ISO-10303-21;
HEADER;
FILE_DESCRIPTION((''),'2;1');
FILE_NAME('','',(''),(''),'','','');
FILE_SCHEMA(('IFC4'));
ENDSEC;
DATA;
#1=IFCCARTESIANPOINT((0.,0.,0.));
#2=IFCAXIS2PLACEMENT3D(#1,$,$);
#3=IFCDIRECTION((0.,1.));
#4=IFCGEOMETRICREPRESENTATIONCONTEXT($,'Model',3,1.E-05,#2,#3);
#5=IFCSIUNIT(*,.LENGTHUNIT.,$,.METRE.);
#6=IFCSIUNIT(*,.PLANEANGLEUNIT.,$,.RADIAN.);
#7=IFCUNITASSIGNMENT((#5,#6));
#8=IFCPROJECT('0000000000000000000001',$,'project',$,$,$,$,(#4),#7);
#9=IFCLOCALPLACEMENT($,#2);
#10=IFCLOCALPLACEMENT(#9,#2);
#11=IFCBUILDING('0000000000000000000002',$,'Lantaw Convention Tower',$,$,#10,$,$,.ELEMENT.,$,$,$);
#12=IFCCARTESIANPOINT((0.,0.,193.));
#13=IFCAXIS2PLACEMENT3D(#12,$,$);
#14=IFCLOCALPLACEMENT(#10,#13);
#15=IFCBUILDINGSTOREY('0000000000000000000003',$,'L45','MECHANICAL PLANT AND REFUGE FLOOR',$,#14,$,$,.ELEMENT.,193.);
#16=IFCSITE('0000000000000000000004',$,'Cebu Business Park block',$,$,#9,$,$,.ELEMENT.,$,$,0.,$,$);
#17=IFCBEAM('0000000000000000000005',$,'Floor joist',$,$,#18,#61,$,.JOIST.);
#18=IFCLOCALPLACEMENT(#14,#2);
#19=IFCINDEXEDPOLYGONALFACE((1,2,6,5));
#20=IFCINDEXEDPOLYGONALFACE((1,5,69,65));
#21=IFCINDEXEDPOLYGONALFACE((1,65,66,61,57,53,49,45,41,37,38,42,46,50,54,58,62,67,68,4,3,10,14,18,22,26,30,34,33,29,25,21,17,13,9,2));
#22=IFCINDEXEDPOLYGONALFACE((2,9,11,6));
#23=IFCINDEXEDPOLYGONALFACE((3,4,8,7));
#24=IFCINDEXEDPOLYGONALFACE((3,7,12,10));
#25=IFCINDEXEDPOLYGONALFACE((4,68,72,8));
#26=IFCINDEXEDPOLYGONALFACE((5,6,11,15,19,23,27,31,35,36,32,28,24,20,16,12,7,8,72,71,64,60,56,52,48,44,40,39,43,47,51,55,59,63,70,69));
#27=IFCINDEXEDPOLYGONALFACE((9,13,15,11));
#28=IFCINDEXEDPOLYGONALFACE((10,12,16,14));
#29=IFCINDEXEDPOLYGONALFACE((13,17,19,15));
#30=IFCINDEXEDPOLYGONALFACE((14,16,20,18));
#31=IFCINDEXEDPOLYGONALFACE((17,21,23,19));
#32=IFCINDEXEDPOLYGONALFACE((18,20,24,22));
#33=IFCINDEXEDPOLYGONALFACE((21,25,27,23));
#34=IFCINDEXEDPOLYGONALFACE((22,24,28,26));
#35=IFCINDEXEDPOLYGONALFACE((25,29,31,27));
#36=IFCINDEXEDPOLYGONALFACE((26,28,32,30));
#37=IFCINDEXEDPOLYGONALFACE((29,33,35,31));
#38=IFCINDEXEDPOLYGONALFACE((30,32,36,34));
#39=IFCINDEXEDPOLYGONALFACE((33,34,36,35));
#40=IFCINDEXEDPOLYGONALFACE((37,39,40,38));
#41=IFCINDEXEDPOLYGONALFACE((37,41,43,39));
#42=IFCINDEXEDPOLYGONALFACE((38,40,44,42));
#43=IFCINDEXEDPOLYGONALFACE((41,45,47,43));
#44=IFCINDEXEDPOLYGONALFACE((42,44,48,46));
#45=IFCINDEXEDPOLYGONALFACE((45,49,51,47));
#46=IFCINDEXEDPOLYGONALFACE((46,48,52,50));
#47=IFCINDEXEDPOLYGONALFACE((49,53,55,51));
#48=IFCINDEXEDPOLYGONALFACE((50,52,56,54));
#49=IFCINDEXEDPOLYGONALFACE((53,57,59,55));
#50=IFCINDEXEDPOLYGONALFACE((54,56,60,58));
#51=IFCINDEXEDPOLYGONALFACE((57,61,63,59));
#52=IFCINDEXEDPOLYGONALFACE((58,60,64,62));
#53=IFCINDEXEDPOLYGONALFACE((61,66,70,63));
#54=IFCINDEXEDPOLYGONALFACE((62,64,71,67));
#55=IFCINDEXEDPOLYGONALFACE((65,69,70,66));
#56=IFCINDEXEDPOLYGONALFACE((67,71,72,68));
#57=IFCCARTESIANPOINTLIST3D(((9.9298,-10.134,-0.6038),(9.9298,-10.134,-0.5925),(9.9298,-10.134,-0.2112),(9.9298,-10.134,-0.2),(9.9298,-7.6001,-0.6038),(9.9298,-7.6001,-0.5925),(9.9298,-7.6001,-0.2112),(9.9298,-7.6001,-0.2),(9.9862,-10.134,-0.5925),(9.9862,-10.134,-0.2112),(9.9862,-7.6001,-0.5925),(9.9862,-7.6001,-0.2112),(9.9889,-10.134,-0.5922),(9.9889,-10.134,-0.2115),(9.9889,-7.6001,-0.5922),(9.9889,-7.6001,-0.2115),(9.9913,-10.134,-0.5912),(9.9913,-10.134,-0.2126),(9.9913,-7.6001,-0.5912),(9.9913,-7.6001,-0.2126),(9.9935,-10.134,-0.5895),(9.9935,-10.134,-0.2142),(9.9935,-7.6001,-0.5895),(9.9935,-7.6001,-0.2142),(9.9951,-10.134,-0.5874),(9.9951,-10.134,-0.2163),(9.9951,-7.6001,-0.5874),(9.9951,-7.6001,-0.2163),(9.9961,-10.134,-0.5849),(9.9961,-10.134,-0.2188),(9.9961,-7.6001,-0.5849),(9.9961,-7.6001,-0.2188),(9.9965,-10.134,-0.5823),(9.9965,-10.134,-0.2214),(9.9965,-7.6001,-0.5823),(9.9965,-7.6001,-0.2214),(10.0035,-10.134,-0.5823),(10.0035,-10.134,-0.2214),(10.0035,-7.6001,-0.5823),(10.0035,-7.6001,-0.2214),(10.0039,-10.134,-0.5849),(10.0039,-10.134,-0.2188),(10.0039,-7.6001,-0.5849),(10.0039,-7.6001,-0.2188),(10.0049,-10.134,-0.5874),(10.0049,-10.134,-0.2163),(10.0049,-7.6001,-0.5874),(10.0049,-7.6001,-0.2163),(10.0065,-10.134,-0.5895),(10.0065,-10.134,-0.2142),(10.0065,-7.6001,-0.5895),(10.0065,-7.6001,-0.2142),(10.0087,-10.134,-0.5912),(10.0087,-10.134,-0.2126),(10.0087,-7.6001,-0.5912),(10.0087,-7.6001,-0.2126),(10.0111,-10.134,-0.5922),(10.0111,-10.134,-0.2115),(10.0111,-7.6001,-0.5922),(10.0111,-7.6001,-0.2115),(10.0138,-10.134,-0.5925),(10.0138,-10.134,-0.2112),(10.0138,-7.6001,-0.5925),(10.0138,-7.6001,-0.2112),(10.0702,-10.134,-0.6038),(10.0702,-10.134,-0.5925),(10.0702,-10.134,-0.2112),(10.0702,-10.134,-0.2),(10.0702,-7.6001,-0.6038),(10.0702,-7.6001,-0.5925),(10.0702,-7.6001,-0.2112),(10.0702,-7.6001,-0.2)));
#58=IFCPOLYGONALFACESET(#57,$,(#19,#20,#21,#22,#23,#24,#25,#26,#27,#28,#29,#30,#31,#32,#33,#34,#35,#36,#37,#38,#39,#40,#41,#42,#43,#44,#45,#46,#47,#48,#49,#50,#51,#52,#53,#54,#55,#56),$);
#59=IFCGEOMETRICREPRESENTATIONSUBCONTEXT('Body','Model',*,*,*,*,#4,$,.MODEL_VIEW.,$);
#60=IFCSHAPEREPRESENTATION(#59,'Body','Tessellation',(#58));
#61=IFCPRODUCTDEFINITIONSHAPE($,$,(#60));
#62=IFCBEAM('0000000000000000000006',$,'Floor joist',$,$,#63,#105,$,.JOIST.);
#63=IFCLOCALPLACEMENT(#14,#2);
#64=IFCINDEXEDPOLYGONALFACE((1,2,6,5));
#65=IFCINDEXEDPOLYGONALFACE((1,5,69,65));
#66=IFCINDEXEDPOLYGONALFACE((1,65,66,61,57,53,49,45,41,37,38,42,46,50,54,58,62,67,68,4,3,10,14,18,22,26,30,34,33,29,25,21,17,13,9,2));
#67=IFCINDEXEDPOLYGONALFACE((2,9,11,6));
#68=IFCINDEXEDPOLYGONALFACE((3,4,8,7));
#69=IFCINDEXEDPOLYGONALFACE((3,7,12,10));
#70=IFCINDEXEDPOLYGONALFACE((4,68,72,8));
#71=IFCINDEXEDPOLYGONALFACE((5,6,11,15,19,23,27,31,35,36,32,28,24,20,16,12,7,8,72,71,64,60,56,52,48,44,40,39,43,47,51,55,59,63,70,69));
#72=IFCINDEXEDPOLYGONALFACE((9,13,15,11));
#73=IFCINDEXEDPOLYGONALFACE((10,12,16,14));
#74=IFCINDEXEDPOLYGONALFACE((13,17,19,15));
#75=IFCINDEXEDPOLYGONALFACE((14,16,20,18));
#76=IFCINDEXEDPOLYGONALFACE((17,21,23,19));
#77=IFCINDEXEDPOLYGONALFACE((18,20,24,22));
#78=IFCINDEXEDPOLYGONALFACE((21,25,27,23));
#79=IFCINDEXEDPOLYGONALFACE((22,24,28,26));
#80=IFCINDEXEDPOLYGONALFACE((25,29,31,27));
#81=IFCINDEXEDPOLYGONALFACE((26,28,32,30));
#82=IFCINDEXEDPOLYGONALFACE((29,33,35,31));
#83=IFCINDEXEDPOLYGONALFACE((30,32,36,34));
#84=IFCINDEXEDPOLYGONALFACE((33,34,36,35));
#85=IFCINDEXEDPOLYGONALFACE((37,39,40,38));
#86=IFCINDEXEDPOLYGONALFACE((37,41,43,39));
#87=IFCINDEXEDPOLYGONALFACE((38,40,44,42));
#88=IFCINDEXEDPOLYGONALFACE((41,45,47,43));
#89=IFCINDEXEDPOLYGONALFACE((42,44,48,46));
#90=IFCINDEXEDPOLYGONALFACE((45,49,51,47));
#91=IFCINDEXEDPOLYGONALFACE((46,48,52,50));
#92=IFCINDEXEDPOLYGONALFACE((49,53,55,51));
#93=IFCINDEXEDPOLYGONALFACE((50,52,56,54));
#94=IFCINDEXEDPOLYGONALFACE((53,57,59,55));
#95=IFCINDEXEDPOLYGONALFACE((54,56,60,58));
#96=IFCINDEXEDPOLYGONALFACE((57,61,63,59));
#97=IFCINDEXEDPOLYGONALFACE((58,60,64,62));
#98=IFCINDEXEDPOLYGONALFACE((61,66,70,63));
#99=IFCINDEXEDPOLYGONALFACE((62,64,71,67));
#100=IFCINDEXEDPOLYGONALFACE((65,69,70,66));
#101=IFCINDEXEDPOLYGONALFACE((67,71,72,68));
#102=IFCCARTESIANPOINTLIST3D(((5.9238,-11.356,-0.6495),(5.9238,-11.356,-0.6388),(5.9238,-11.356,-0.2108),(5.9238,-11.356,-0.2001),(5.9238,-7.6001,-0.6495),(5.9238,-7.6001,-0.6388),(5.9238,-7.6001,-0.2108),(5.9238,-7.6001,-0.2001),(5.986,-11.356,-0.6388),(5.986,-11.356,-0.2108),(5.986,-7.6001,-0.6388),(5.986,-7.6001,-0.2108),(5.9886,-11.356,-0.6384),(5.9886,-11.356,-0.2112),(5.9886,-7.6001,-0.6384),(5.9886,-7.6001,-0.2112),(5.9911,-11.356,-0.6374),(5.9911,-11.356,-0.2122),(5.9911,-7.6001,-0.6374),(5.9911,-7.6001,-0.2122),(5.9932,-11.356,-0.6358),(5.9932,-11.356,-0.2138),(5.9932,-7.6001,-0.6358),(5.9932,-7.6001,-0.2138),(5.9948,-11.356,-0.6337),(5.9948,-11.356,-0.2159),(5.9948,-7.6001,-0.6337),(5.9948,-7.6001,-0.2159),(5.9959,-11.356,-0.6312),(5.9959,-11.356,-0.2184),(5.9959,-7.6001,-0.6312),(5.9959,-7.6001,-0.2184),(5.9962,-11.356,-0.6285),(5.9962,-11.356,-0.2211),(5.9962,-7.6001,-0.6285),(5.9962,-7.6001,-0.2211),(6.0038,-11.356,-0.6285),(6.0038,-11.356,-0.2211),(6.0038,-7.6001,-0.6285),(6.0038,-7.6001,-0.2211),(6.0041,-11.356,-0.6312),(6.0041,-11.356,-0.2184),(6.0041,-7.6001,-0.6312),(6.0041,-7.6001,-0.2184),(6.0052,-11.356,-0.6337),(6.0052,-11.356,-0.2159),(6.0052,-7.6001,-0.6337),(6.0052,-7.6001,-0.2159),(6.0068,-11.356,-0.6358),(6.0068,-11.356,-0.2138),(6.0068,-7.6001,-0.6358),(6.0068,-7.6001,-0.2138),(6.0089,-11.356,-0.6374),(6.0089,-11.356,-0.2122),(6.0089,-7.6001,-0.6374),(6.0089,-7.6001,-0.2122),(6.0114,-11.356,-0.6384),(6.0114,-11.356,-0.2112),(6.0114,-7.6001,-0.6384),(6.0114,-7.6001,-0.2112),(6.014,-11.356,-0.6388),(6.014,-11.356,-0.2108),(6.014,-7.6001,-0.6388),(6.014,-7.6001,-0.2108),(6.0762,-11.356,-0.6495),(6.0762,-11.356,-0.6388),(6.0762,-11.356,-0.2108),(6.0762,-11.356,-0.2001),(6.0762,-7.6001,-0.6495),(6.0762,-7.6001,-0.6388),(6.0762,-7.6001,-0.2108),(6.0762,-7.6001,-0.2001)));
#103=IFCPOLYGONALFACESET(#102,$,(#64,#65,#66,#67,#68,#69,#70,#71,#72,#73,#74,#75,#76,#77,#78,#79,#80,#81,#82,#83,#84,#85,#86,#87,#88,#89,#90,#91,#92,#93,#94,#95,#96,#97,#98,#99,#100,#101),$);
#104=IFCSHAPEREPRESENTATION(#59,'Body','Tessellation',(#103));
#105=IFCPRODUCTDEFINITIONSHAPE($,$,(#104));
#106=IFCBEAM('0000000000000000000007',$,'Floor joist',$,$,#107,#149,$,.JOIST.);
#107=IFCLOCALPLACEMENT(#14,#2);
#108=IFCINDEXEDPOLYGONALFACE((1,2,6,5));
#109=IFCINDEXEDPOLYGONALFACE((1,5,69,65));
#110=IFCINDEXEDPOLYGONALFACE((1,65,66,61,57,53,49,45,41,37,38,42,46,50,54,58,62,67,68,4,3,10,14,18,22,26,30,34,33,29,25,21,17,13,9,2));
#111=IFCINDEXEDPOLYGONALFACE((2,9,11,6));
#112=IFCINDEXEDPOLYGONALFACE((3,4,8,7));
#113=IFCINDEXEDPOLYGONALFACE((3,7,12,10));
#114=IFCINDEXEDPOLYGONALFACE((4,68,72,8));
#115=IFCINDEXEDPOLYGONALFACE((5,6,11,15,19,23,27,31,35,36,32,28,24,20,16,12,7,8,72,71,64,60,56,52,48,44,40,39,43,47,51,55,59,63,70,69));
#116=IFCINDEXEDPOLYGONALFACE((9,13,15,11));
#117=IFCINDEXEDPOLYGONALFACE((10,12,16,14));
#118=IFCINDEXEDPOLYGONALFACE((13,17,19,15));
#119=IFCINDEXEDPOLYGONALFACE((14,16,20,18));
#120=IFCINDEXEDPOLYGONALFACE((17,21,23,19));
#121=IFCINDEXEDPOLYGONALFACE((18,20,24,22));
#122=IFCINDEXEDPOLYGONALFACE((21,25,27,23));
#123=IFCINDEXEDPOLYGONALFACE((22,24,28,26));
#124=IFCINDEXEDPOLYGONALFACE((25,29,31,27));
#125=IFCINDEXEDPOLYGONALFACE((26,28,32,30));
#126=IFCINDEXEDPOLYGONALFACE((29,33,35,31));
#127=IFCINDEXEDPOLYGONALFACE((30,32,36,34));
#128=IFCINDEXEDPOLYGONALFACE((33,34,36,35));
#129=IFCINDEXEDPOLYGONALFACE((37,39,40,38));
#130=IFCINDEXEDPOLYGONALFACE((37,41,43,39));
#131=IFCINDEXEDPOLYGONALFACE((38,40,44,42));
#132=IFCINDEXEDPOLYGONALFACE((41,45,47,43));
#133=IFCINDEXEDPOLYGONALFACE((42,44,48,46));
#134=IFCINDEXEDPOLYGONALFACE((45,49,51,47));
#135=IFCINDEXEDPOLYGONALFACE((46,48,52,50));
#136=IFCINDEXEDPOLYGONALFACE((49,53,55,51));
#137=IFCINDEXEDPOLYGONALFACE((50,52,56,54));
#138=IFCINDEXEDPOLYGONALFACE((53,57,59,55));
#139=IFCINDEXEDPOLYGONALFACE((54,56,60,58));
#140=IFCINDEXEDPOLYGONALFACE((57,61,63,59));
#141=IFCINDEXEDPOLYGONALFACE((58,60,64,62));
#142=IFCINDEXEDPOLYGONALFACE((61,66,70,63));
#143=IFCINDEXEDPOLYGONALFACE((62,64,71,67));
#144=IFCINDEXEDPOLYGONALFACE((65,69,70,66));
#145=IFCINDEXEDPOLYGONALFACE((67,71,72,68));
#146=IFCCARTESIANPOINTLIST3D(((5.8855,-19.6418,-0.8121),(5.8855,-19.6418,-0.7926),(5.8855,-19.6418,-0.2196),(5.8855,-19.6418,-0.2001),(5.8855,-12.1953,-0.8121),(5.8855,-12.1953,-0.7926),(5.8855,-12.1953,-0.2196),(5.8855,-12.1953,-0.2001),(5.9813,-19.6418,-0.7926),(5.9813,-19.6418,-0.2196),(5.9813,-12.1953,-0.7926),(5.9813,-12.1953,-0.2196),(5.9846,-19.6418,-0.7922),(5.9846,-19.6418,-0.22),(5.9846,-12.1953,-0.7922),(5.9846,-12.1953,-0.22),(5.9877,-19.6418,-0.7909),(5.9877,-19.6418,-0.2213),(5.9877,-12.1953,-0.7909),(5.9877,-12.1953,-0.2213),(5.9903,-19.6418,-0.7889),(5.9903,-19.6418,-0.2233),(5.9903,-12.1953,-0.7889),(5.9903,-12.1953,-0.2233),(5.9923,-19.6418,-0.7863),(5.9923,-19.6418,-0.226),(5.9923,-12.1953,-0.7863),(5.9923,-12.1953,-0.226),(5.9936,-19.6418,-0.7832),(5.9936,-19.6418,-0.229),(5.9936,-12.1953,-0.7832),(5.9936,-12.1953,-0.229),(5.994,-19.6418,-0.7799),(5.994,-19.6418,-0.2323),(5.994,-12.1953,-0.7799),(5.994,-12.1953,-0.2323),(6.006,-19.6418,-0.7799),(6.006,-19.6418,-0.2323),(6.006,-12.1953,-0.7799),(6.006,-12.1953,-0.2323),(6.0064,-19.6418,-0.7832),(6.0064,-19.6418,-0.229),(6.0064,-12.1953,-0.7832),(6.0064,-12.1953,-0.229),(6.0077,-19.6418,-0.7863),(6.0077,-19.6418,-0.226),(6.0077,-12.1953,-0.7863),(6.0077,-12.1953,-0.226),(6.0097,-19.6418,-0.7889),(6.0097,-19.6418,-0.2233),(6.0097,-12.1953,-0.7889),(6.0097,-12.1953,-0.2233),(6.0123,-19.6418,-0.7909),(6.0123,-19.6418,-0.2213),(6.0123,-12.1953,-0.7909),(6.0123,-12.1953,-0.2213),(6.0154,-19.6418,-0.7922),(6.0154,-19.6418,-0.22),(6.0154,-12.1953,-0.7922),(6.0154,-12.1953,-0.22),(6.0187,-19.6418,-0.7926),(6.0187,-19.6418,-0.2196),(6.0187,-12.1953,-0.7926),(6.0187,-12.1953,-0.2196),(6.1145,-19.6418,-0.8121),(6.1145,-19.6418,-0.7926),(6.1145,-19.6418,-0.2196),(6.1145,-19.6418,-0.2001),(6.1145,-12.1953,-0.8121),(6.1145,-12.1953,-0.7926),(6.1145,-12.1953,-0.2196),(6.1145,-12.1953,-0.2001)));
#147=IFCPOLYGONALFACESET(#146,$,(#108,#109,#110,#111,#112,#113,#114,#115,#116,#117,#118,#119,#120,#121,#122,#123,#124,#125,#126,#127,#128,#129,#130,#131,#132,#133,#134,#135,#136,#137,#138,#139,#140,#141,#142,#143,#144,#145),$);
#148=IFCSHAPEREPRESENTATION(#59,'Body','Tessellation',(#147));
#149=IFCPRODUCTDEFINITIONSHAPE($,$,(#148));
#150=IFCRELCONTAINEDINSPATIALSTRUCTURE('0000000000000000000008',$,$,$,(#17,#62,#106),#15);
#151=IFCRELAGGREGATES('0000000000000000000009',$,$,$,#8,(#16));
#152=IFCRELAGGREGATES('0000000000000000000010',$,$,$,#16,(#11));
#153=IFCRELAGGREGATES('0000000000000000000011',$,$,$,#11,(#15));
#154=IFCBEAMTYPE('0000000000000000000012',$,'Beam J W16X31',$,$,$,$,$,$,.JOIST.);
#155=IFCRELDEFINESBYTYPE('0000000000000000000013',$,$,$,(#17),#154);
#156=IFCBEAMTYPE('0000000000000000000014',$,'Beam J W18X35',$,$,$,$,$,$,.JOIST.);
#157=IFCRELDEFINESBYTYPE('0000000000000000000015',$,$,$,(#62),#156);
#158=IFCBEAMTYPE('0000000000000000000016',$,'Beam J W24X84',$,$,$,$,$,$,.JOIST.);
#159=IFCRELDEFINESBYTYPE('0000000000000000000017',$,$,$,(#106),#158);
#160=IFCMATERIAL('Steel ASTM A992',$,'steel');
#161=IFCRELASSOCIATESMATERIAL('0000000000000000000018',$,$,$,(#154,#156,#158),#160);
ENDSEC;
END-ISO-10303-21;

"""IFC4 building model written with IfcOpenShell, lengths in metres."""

from ifc_helpers import new_model, si_unit, direction, frame, origin, origin_2d, place, context, subcontext, project, spatial, i_section, extrude, material, material_profile, profile_set, type_object, element, save


model = new_model("IFC4")

# Units and contexts
model_context = context("Model", 3, precision=1e-05, world=origin(), true_north=direction((0.0, 1.0)))
body_context = subcontext(model_context, "Body", "Model", "MODEL_VIEW")
ifc_project = project(units=[si_unit("LENGTHUNIT", "METRE"), si_unit("PLANEANGLEUNIT", "RADIAN")], contexts=[model_context])

# Site, building, storey
site_placement = place(None, origin())
site = spatial("IfcSite", under=ifc_project, at=site_placement, Name="Cebu Business Park block", CompositionType="ELEMENT", RefElevation=0.0)
building_placement = place(site_placement, origin())
building = spatial("IfcBuilding", under=site, at=building_placement, Name="Lantaw Convention Tower", CompositionType="ELEMENT")
storey_placement = place(building_placement, frame((0.0, 0.0, 193.0)))
storey = spatial("IfcBuildingStorey", under=building, at=storey_placement, Name="L45", Description="MECHANICAL PLANT AND REFUGE FLOOR", CompositionType="ELEMENT", Elevation=193.0)

# Beams
ifc_material_1 = material(Name="Steel ASTM A992", Category="steel")
ifc_material_profile_1 = material_profile(ifc_material_1, i_section(OverallWidth=0.1404, OverallDepth=0.4038, WebThickness=0.0071, FlangeThickness=0.0112, FilletRadius=0.0103, at=origin_2d()), Name="W16X31")
ifc_profile_set_1 = profile_set([ifc_material_profile_1], Name="Steel ASTM A992")
beam_type_1 = type_object("IfcBeamType", Name="Beam J W16X31", PredefinedType="JOIST", material=ifc_profile_set_1)
beam_1_placement = place(storey_placement, frame((10.0, -10.134, -0.4019), z_axis=(0.0, 1.0, 0.0), x_axis=(-1.0, 0.0, 0.0)))
element("IfcBeam", 1, at=beam_1_placement, inside=storey, type_object=beam_type_1, Name="Floor joist", PredefinedType="JOIST", context=body_context, shape_type="SweptSolid", body=[
    extrude(i_section(OverallWidth=0.1404, OverallDepth=0.4038, WebThickness=0.0071, FlangeThickness=0.0112, FilletRadius=0.0103, at=origin_2d()), origin(), (0.0, 0.0, 1.0), 2.5339),
])
ifc_material_profile_2 = material_profile(ifc_material_1, i_section(OverallWidth=0.1523, OverallDepth=0.4495, WebThickness=0.0076, FlangeThickness=0.0107, FilletRadius=0.0103, at=origin_2d()), Name="W18X35")
ifc_profile_set_2 = profile_set([ifc_material_profile_2], Name="Steel ASTM A992")
beam_type_2 = type_object("IfcBeamType", Name="Beam J W18X35", PredefinedType="JOIST", material=ifc_profile_set_2)
beam_2_placement = place(storey_placement, frame((6.0, -11.356, -0.4248), z_axis=(0.0, 1.0, 0.0), x_axis=(-1.0, 0.0, 0.0)))
element("IfcBeam", 2, at=beam_2_placement, inside=storey, type_object=beam_type_2, Name="Floor joist", PredefinedType="JOIST", context=body_context, shape_type="SweptSolid", body=[
    extrude(i_section(OverallWidth=0.1523, OverallDepth=0.4495, WebThickness=0.0076, FlangeThickness=0.0107, FilletRadius=0.0103, at=origin_2d()), origin(), (0.0, 0.0, 1.0), 3.7559),
])
ifc_material_profile_3 = material_profile(ifc_material_1, i_section(OverallWidth=0.229, OverallDepth=0.6121, WebThickness=0.012, FlangeThickness=0.0195, FilletRadius=0.0127, at=origin_2d()), Name="W24X84")
ifc_profile_set_3 = profile_set([ifc_material_profile_3], Name="Steel ASTM A992")
beam_type_3 = type_object("IfcBeamType", Name="Beam J W24X84", PredefinedType="JOIST", material=ifc_profile_set_3)
beam_3_placement = place(storey_placement, frame((6.0, -19.6418, -0.5061), z_axis=(0.0, 1.0, 0.0), x_axis=(-1.0, 0.0, 0.0)))
element("IfcBeam", 3, at=beam_3_placement, inside=storey, type_object=beam_type_3, Name="Floor joist", PredefinedType="JOIST", context=body_context, shape_type="SweptSolid", body=[
    extrude(i_section(OverallWidth=0.229, OverallDepth=0.6121, WebThickness=0.012, FlangeThickness=0.0195, FilletRadius=0.0127, at=origin_2d()), origin(), (0.0, 0.0, 1.0), 7.4465),
])

save(model, "model.ifc")
